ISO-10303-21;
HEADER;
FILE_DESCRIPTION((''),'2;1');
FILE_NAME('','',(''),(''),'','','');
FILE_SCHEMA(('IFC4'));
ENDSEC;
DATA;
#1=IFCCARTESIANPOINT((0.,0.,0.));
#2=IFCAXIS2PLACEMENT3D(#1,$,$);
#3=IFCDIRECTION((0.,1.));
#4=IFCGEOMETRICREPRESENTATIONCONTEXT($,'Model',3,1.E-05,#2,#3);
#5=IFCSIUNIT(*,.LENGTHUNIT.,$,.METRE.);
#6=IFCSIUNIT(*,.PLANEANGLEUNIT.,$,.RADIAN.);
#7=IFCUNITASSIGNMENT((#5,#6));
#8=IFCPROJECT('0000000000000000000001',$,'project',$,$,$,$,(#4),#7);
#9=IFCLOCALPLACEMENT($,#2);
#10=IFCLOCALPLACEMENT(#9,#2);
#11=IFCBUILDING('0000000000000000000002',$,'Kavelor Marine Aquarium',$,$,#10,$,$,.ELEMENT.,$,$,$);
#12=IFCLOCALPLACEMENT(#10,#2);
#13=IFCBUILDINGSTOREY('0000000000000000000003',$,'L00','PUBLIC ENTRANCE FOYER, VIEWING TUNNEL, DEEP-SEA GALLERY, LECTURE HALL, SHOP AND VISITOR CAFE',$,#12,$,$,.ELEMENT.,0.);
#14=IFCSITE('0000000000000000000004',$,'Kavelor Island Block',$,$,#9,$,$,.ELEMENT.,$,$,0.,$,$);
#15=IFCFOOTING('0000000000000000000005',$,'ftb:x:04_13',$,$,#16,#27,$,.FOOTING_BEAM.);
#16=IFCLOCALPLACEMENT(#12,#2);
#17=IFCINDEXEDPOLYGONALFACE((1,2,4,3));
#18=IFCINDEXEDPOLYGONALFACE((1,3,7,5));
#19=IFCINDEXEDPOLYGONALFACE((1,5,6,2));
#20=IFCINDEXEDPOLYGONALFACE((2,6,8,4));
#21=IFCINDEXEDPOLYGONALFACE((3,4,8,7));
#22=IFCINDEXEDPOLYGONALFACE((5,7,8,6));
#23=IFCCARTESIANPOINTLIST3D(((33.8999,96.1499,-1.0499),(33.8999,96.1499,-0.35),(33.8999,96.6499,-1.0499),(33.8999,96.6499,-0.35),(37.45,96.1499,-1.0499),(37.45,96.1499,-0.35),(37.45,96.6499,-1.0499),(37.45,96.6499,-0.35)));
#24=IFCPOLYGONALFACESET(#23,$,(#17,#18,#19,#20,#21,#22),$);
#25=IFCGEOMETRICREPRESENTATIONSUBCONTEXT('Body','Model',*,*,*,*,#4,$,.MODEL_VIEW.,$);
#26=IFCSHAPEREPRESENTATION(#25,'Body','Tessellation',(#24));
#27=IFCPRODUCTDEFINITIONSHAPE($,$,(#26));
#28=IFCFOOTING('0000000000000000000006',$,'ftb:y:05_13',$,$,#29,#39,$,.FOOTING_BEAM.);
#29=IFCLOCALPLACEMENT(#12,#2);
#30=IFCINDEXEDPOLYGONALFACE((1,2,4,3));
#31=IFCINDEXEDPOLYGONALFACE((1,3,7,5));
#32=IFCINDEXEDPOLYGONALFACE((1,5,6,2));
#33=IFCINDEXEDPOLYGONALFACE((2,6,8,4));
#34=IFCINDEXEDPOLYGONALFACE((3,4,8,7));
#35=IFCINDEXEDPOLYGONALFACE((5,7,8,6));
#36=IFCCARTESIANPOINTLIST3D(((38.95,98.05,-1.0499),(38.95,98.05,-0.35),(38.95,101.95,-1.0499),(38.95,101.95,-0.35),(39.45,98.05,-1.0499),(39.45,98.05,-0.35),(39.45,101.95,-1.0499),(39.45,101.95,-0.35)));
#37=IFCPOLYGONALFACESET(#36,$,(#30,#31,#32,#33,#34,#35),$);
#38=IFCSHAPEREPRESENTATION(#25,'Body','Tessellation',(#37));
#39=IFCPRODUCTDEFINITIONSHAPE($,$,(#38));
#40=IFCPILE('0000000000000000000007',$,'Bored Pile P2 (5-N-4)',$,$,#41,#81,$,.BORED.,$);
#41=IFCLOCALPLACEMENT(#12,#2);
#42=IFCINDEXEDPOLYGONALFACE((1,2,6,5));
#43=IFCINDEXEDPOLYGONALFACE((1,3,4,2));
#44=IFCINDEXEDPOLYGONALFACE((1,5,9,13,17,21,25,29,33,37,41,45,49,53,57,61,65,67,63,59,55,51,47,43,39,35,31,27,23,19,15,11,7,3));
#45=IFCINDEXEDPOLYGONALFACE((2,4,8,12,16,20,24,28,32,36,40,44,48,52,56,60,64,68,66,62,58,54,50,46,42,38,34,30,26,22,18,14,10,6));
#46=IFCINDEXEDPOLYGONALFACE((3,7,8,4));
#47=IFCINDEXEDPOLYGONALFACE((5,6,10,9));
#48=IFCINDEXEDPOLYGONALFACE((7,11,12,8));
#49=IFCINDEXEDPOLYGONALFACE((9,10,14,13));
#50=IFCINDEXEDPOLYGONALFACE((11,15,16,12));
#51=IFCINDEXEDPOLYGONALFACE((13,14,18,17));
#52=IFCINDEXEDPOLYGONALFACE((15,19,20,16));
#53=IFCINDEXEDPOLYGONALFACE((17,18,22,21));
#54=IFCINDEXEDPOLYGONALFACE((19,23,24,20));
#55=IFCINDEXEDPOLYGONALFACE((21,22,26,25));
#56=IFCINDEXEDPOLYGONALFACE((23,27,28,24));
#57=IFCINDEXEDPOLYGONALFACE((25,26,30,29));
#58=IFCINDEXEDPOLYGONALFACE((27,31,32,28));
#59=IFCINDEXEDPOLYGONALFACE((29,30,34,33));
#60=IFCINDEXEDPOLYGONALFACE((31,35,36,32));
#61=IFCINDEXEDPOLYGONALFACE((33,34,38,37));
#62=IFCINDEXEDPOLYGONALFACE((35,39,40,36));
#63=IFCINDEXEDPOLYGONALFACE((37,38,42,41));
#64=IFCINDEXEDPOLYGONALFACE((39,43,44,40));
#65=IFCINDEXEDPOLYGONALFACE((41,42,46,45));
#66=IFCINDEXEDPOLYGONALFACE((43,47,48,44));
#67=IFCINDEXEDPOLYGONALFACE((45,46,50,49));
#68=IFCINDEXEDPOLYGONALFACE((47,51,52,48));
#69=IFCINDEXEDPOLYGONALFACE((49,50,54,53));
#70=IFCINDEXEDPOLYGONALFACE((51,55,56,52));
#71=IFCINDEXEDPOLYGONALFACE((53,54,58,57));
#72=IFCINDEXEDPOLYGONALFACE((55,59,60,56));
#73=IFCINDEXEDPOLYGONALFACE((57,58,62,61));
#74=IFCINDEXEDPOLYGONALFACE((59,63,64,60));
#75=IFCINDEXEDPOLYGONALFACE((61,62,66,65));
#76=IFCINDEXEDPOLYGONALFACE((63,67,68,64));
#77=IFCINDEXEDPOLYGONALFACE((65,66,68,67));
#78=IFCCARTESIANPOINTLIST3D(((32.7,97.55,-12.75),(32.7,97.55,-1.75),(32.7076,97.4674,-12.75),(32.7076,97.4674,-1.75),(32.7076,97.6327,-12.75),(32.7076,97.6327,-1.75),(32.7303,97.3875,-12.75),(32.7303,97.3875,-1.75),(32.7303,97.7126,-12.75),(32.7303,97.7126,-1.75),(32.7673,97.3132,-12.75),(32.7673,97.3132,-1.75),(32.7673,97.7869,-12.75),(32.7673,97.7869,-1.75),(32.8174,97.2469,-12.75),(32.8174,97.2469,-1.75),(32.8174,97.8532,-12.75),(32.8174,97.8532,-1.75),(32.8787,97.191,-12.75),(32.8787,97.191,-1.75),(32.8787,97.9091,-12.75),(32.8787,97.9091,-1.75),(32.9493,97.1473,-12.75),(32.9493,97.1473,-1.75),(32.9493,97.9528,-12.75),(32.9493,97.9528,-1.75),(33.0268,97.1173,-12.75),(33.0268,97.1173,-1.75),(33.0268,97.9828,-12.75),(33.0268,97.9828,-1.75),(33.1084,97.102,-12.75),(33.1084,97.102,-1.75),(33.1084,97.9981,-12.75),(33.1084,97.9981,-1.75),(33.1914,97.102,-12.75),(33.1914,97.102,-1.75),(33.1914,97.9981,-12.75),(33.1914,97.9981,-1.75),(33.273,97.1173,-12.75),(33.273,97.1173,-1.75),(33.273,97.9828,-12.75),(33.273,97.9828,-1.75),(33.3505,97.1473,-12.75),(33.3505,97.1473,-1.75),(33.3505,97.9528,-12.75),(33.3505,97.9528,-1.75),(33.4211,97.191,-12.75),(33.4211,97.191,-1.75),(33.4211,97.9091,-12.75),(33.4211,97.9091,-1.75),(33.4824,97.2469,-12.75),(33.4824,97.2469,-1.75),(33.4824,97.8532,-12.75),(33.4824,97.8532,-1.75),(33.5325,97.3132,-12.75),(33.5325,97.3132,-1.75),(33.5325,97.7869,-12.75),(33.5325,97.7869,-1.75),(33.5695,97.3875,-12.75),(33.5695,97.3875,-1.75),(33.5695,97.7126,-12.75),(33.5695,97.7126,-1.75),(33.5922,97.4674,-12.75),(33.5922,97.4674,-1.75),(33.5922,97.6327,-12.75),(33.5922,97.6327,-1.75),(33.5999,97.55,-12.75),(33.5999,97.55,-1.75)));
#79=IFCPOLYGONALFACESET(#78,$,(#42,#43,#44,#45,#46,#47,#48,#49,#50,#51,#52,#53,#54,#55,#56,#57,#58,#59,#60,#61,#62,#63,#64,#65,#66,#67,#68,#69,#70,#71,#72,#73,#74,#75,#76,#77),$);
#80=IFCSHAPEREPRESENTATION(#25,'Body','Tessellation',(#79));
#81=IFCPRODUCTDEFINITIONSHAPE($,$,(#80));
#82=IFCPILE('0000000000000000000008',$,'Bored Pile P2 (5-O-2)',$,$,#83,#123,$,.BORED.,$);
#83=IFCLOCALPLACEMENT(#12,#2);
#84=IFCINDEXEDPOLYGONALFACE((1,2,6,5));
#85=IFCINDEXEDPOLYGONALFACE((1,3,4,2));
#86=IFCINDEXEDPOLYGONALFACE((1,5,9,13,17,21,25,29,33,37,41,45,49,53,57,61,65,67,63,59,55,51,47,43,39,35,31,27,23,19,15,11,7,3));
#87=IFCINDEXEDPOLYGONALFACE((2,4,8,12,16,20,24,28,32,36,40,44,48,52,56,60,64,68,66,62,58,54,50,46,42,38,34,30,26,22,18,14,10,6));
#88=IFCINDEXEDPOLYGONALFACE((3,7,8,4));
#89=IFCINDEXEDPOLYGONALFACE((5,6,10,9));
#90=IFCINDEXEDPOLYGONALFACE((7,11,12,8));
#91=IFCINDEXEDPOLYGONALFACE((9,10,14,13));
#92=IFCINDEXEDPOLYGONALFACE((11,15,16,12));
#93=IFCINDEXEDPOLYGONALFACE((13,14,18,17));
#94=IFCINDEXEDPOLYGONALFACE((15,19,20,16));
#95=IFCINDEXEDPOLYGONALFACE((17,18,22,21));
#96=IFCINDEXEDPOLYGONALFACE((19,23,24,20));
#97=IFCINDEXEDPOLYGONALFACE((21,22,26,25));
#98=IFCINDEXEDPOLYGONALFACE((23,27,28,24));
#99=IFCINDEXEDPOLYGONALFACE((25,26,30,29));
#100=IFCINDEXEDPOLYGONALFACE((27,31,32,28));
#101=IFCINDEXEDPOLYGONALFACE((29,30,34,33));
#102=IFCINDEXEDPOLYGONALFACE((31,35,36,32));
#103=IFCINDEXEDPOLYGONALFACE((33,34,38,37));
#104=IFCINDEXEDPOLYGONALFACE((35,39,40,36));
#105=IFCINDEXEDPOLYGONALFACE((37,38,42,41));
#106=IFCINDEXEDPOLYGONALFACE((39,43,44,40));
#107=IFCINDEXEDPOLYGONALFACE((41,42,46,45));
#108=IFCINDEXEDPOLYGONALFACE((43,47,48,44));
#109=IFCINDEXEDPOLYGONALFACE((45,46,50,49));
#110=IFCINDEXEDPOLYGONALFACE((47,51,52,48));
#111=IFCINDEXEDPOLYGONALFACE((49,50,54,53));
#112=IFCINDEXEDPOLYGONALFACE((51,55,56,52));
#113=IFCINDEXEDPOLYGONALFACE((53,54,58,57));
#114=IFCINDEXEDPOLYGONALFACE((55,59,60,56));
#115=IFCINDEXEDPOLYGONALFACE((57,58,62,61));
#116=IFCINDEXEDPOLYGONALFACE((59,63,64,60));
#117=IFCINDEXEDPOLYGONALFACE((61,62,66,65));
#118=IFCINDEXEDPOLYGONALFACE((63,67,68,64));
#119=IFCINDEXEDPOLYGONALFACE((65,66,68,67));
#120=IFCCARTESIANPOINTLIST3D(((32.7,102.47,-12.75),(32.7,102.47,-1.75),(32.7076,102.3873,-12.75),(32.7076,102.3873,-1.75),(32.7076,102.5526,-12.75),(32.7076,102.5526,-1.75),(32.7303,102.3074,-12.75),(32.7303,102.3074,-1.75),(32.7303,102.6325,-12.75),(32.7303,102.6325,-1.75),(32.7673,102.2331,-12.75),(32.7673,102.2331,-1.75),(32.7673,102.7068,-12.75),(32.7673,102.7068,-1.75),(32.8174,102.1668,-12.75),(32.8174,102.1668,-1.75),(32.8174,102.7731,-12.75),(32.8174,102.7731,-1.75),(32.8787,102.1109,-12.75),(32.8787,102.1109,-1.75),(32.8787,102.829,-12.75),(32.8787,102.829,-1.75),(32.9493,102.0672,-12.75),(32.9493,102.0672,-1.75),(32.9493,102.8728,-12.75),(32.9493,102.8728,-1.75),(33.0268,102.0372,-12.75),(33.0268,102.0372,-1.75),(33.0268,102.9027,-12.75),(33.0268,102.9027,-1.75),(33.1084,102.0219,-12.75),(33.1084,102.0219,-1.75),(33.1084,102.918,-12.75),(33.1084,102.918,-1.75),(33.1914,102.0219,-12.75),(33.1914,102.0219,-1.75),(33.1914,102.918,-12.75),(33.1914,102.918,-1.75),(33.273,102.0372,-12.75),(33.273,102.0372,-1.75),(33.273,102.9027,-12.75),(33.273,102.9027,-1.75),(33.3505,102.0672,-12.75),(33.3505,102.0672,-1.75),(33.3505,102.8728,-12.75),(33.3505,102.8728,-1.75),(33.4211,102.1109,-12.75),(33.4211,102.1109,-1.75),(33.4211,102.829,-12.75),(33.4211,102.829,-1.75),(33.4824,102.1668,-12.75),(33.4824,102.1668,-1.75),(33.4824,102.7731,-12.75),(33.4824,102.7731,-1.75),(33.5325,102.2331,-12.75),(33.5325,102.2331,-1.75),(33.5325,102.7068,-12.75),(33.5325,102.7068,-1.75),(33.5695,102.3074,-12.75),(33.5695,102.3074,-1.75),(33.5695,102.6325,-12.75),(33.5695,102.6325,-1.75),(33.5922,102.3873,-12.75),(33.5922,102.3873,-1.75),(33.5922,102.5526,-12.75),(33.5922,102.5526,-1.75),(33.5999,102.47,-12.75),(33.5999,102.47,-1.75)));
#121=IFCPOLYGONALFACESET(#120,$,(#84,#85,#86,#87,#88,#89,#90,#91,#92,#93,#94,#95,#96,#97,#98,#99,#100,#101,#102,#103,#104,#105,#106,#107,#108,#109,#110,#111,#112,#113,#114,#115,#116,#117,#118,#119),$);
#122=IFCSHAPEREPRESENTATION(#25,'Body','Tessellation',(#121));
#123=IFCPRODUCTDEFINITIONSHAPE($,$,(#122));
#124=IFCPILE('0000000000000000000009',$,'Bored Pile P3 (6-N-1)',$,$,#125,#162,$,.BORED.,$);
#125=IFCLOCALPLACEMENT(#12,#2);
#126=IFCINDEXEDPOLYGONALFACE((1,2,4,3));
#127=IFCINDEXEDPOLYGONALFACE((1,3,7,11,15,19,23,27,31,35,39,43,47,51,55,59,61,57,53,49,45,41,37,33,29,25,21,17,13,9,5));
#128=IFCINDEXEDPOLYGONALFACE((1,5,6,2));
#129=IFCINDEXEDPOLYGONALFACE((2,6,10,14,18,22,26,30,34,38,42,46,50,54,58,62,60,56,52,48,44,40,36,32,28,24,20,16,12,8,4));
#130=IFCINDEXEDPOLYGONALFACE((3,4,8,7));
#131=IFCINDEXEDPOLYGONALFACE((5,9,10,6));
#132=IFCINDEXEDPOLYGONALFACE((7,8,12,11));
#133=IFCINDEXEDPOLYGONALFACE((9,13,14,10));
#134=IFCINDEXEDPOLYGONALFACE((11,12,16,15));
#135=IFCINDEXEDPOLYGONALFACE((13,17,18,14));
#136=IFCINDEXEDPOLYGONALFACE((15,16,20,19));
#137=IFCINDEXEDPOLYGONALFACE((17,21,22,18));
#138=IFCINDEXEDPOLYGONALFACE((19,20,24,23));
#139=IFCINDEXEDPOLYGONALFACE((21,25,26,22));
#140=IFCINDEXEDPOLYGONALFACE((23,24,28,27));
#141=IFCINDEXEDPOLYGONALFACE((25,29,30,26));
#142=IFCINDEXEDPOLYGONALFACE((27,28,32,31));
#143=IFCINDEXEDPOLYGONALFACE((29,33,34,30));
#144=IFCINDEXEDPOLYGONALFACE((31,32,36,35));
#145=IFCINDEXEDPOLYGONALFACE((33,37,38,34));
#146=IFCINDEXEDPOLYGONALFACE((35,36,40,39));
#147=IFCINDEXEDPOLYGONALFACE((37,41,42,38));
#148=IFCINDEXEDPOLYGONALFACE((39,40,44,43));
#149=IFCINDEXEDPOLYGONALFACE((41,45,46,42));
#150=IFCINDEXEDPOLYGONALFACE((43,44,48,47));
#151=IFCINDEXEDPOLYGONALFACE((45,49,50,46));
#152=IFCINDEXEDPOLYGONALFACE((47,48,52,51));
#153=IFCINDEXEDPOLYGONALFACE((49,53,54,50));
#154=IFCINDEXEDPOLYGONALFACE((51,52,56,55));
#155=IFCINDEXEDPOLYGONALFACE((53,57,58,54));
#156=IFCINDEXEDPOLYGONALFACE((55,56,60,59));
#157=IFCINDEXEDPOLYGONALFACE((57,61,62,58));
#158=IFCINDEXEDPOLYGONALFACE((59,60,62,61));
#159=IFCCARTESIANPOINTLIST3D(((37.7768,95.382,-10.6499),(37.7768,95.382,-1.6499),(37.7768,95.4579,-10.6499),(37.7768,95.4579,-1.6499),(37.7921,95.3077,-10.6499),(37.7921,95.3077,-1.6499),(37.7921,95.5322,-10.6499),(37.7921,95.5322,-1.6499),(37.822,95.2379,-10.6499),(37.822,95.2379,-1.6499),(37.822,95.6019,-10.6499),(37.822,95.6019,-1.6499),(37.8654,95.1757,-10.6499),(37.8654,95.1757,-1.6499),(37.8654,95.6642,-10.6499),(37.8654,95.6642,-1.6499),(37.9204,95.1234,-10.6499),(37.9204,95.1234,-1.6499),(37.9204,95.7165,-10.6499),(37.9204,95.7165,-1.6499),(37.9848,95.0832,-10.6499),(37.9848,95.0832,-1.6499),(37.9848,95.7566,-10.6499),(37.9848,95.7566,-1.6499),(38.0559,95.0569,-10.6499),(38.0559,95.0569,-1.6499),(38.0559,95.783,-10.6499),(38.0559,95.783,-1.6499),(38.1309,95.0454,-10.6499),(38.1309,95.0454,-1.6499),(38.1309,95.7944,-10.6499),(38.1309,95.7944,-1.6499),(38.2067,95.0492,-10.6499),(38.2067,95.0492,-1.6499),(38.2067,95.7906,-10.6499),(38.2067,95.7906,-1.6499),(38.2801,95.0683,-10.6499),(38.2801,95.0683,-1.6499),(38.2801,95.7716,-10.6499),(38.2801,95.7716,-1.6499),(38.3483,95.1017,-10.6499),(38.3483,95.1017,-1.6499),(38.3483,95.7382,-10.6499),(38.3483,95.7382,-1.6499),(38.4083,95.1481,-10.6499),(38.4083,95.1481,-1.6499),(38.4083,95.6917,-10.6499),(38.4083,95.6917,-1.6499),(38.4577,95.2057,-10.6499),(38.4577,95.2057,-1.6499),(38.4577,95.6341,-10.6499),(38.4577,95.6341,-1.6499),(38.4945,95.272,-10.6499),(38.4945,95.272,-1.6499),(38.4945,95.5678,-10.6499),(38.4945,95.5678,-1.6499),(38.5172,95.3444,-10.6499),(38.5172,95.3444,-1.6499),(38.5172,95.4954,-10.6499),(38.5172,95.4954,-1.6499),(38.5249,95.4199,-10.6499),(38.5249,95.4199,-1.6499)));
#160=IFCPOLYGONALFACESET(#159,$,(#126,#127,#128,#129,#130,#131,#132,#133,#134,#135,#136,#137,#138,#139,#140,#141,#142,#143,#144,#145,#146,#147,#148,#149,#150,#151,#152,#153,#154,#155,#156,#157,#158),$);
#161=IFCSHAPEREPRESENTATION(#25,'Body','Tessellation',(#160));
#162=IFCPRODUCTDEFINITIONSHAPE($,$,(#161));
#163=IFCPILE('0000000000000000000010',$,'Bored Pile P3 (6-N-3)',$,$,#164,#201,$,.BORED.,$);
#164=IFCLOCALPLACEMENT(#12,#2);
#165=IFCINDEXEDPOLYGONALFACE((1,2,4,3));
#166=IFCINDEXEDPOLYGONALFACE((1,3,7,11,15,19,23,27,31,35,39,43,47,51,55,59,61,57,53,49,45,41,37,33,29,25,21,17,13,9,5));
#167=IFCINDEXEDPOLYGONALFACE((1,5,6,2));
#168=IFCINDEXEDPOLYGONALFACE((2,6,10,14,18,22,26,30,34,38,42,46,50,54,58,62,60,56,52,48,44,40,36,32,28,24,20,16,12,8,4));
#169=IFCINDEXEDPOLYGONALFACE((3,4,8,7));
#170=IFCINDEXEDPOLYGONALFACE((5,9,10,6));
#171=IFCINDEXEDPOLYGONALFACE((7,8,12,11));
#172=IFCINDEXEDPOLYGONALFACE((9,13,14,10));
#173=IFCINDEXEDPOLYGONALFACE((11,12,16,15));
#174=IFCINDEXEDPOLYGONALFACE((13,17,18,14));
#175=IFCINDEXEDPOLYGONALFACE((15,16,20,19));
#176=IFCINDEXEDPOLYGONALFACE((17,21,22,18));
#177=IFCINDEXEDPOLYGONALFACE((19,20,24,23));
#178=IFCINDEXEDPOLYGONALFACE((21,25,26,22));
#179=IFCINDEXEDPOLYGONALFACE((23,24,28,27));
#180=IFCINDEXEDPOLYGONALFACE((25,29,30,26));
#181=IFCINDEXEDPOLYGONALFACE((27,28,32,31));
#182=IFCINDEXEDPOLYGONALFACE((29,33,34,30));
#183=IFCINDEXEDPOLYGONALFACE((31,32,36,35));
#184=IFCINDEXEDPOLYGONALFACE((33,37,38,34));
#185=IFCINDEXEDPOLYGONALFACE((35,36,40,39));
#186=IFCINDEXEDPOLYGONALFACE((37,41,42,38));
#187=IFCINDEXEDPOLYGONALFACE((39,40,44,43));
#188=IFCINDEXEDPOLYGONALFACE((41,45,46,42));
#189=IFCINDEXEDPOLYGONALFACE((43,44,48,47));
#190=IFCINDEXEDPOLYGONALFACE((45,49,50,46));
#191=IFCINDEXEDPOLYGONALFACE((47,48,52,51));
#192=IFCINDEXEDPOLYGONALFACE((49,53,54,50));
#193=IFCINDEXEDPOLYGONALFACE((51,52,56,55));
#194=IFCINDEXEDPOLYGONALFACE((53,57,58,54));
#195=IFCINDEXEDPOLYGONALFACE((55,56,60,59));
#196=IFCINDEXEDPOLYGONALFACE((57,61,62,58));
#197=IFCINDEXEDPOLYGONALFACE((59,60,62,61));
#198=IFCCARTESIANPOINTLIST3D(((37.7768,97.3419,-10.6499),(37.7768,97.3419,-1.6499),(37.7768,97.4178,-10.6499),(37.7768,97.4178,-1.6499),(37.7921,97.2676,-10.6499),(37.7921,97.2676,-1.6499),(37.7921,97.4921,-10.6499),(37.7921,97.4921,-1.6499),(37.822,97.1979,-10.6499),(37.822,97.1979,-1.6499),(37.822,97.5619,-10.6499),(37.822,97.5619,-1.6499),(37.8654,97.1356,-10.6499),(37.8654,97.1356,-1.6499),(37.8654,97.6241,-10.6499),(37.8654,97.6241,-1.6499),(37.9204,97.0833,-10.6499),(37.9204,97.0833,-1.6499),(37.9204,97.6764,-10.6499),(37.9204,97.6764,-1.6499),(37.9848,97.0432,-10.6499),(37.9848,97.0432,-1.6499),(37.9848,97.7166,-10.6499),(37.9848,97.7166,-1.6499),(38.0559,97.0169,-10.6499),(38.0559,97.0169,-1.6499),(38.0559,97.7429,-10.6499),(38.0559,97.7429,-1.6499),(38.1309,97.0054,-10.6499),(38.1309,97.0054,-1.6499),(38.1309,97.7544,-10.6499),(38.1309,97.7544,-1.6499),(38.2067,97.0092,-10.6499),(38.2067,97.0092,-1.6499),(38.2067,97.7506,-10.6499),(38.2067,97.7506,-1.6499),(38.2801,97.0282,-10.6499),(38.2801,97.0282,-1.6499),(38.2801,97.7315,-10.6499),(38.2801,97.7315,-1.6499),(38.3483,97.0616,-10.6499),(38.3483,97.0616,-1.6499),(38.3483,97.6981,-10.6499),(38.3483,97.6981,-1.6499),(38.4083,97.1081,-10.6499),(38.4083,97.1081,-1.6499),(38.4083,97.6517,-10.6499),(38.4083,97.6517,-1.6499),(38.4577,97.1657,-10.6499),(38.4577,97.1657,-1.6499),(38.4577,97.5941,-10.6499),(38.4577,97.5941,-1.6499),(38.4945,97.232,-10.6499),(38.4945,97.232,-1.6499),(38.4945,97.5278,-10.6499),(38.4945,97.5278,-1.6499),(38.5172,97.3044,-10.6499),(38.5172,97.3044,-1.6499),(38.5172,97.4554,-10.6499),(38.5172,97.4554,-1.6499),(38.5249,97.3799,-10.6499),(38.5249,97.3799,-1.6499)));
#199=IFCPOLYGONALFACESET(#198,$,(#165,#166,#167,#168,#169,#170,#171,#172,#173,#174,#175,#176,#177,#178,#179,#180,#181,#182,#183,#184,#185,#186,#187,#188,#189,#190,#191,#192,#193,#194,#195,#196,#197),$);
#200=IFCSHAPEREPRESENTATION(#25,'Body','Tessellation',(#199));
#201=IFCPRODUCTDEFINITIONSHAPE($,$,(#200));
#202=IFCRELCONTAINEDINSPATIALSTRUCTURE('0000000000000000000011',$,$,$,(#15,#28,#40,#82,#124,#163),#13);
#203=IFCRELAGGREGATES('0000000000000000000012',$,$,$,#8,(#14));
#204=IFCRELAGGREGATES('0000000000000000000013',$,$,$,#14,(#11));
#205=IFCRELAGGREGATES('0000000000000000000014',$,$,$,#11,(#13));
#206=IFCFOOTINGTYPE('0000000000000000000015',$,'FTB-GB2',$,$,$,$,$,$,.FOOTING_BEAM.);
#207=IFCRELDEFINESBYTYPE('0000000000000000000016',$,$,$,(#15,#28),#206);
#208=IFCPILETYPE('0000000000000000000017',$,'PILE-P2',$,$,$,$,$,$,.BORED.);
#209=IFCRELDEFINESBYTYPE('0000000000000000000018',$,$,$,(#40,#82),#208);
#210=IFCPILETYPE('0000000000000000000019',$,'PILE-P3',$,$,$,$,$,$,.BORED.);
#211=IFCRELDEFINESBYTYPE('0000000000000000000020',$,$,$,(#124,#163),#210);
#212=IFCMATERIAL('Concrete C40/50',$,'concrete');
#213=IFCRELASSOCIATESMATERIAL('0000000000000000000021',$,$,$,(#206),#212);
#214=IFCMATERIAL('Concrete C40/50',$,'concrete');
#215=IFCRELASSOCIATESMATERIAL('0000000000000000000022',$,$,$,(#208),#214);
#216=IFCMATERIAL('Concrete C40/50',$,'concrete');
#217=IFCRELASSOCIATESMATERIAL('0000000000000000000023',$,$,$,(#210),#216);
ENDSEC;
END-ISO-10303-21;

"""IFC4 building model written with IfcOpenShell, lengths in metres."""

from ifc_helpers import new_model, si_unit, direction, frame, origin, origin_2d, place, context, subcontext, project, spatial, rectangle, circle, extrude, material, material_profile, profile_set, type_object, element, save


model = new_model("IFC4")

# Units and contexts
model_context = context("Model", 3, precision=1e-05, world=origin(), true_north=direction((0.0, 1.0)))
body_context = subcontext(model_context, "Body", "Model", "MODEL_VIEW")
ifc_project = project(units=[si_unit("LENGTHUNIT", "METRE"), si_unit("PLANEANGLEUNIT", "RADIAN")], contexts=[model_context])

# Site, building, storey
site_placement = place(None, origin())
site = spatial("IfcSite", under=ifc_project, at=site_placement, Name="Kavelor Island Block", CompositionType="ELEMENT", RefElevation=0.0)
building_placement = place(site_placement, origin())
building = spatial("IfcBuilding", under=site, at=building_placement, Name="Kavelor Marine Aquarium", CompositionType="ELEMENT")
storey_placement = place(building_placement, origin())
storey = spatial("IfcBuildingStorey", under=building, at=storey_placement, Name="L00", Description="PUBLIC ENTRANCE FOYER, VIEWING TUNNEL, DEEP-SEA GALLERY, LECTURE HALL, SHOP AND VISITOR CAFE", CompositionType="ELEMENT", Elevation=0.0)

# Footings
ifc_material_1 = material(Name="Concrete C40/50", Category="concrete")
ifc_material_profile_1 = material_profile(ifc_material_1, rectangle(XDim=0.5, YDim=0.7, at=origin_2d()), Name="GB 500x700")
ifc_profile_set_1 = profile_set([ifc_material_profile_1], Name="Concrete C40/50")
footing_type = type_object("IfcFootingType", Name="FTB-GB2", PredefinedType="FOOTING_BEAM", material=ifc_profile_set_1)
footing_1_placement = place(storey_placement, frame((33.8999, 96.3999, -0.7), z_axis=(1.0, 0.0, 0.0), x_axis=(0.0, 1.0, 0.0)))
element("IfcFooting", 1, at=footing_1_placement, inside=storey, type_object=footing_type, Name="ftb:x:04_13", PredefinedType="FOOTING_BEAM", context=body_context, shape_type="SweptSolid", body=[
    extrude(rectangle(XDim=0.5, YDim=0.7, at=origin_2d()), origin(), (0.0, 0.0, 1.0), 3.55),
])
footing_2_placement = place(storey_placement, frame((39.2, 98.05, -0.7), z_axis=(0.0, 1.0, 0.0), x_axis=(-1.0, 0.0, 0.0)))
element("IfcFooting", 2, at=footing_2_placement, inside=storey, type_object=footing_type, Name="ftb:y:05_13", PredefinedType="FOOTING_BEAM", context=body_context, shape_type="SweptSolid", body=[
    extrude(rectangle(XDim=0.5, YDim=0.7, at=origin_2d()), origin(), (0.0, 0.0, 1.0), 3.8999),
])

# Piles
ifc_material_2 = material(Name="Concrete C40/50", Category="concrete")
ifc_material_profile_2 = material_profile(ifc_material_2, circle(Radius=0.45, at=origin_2d()), Name="PILE D900")
ifc_profile_set_2 = profile_set([ifc_material_profile_2], Name="Concrete C40/50")
pile_type_1 = type_object("IfcPileType", Name="PILE-P2", PredefinedType="BORED", material=ifc_profile_set_2)
for number, where, z_axis, x_axis, name in (
    (3, (33.1499, 97.55, -1.75), (0.0, 0.0, -1.0), (1.0, 0.0, 0.0), "Bored Pile P2 (5-N-4)"),
    (4, (33.1499, 102.47, -1.75), (0.0, 0.0, -1.0), (1.0, 0.0, 0.0), "Bored Pile P2 (5-O-2)"),
):
    element("IfcPile", number, at=place(storey_placement, frame(where, z_axis=z_axis, x_axis=x_axis)), inside=storey, type_object=pile_type_1, Name=name, PredefinedType="BORED", context=body_context, shape_type="SweptSolid", body=[
        extrude(circle(Radius=0.45, at=origin_2d()), origin(), (0.0, 0.0, 1.0), 11.0),
    ])
ifc_material_3 = material(Name="Concrete C40/50", Category="concrete")
ifc_material_profile_3 = material_profile(ifc_material_3, circle(Radius=0.375, at=origin_2d()), Name="PILE D750")
ifc_profile_set_3 = profile_set([ifc_material_profile_3], Name="Concrete C40/50")
pile_type_2 = type_object("IfcPileType", Name="PILE-P3", PredefinedType="BORED", material=ifc_profile_set_3)
for number, where, z_axis, x_axis, name in (
    (5, (38.1499, 95.4199, -1.6499), (0.0, 0.0, -1.0), (1.0, 0.0, 0.0), "Bored Pile P3 (6-N-1)"),
    (6, (38.1499, 97.3799, -1.6499), (0.0, 0.0, -1.0), (1.0, 0.0, 0.0), "Bored Pile P3 (6-N-3)"),
):
    element("IfcPile", number, at=place(storey_placement, frame(where, z_axis=z_axis, x_axis=x_axis)), inside=storey, type_object=pile_type_2, Name=name, PredefinedType="BORED", context=body_context, shape_type="SweptSolid", body=[
        extrude(circle(Radius=0.375, at=origin_2d()), origin(), (0.0, 0.0, 1.0), 9.0),
    ])

save(model, "model.ifc")
